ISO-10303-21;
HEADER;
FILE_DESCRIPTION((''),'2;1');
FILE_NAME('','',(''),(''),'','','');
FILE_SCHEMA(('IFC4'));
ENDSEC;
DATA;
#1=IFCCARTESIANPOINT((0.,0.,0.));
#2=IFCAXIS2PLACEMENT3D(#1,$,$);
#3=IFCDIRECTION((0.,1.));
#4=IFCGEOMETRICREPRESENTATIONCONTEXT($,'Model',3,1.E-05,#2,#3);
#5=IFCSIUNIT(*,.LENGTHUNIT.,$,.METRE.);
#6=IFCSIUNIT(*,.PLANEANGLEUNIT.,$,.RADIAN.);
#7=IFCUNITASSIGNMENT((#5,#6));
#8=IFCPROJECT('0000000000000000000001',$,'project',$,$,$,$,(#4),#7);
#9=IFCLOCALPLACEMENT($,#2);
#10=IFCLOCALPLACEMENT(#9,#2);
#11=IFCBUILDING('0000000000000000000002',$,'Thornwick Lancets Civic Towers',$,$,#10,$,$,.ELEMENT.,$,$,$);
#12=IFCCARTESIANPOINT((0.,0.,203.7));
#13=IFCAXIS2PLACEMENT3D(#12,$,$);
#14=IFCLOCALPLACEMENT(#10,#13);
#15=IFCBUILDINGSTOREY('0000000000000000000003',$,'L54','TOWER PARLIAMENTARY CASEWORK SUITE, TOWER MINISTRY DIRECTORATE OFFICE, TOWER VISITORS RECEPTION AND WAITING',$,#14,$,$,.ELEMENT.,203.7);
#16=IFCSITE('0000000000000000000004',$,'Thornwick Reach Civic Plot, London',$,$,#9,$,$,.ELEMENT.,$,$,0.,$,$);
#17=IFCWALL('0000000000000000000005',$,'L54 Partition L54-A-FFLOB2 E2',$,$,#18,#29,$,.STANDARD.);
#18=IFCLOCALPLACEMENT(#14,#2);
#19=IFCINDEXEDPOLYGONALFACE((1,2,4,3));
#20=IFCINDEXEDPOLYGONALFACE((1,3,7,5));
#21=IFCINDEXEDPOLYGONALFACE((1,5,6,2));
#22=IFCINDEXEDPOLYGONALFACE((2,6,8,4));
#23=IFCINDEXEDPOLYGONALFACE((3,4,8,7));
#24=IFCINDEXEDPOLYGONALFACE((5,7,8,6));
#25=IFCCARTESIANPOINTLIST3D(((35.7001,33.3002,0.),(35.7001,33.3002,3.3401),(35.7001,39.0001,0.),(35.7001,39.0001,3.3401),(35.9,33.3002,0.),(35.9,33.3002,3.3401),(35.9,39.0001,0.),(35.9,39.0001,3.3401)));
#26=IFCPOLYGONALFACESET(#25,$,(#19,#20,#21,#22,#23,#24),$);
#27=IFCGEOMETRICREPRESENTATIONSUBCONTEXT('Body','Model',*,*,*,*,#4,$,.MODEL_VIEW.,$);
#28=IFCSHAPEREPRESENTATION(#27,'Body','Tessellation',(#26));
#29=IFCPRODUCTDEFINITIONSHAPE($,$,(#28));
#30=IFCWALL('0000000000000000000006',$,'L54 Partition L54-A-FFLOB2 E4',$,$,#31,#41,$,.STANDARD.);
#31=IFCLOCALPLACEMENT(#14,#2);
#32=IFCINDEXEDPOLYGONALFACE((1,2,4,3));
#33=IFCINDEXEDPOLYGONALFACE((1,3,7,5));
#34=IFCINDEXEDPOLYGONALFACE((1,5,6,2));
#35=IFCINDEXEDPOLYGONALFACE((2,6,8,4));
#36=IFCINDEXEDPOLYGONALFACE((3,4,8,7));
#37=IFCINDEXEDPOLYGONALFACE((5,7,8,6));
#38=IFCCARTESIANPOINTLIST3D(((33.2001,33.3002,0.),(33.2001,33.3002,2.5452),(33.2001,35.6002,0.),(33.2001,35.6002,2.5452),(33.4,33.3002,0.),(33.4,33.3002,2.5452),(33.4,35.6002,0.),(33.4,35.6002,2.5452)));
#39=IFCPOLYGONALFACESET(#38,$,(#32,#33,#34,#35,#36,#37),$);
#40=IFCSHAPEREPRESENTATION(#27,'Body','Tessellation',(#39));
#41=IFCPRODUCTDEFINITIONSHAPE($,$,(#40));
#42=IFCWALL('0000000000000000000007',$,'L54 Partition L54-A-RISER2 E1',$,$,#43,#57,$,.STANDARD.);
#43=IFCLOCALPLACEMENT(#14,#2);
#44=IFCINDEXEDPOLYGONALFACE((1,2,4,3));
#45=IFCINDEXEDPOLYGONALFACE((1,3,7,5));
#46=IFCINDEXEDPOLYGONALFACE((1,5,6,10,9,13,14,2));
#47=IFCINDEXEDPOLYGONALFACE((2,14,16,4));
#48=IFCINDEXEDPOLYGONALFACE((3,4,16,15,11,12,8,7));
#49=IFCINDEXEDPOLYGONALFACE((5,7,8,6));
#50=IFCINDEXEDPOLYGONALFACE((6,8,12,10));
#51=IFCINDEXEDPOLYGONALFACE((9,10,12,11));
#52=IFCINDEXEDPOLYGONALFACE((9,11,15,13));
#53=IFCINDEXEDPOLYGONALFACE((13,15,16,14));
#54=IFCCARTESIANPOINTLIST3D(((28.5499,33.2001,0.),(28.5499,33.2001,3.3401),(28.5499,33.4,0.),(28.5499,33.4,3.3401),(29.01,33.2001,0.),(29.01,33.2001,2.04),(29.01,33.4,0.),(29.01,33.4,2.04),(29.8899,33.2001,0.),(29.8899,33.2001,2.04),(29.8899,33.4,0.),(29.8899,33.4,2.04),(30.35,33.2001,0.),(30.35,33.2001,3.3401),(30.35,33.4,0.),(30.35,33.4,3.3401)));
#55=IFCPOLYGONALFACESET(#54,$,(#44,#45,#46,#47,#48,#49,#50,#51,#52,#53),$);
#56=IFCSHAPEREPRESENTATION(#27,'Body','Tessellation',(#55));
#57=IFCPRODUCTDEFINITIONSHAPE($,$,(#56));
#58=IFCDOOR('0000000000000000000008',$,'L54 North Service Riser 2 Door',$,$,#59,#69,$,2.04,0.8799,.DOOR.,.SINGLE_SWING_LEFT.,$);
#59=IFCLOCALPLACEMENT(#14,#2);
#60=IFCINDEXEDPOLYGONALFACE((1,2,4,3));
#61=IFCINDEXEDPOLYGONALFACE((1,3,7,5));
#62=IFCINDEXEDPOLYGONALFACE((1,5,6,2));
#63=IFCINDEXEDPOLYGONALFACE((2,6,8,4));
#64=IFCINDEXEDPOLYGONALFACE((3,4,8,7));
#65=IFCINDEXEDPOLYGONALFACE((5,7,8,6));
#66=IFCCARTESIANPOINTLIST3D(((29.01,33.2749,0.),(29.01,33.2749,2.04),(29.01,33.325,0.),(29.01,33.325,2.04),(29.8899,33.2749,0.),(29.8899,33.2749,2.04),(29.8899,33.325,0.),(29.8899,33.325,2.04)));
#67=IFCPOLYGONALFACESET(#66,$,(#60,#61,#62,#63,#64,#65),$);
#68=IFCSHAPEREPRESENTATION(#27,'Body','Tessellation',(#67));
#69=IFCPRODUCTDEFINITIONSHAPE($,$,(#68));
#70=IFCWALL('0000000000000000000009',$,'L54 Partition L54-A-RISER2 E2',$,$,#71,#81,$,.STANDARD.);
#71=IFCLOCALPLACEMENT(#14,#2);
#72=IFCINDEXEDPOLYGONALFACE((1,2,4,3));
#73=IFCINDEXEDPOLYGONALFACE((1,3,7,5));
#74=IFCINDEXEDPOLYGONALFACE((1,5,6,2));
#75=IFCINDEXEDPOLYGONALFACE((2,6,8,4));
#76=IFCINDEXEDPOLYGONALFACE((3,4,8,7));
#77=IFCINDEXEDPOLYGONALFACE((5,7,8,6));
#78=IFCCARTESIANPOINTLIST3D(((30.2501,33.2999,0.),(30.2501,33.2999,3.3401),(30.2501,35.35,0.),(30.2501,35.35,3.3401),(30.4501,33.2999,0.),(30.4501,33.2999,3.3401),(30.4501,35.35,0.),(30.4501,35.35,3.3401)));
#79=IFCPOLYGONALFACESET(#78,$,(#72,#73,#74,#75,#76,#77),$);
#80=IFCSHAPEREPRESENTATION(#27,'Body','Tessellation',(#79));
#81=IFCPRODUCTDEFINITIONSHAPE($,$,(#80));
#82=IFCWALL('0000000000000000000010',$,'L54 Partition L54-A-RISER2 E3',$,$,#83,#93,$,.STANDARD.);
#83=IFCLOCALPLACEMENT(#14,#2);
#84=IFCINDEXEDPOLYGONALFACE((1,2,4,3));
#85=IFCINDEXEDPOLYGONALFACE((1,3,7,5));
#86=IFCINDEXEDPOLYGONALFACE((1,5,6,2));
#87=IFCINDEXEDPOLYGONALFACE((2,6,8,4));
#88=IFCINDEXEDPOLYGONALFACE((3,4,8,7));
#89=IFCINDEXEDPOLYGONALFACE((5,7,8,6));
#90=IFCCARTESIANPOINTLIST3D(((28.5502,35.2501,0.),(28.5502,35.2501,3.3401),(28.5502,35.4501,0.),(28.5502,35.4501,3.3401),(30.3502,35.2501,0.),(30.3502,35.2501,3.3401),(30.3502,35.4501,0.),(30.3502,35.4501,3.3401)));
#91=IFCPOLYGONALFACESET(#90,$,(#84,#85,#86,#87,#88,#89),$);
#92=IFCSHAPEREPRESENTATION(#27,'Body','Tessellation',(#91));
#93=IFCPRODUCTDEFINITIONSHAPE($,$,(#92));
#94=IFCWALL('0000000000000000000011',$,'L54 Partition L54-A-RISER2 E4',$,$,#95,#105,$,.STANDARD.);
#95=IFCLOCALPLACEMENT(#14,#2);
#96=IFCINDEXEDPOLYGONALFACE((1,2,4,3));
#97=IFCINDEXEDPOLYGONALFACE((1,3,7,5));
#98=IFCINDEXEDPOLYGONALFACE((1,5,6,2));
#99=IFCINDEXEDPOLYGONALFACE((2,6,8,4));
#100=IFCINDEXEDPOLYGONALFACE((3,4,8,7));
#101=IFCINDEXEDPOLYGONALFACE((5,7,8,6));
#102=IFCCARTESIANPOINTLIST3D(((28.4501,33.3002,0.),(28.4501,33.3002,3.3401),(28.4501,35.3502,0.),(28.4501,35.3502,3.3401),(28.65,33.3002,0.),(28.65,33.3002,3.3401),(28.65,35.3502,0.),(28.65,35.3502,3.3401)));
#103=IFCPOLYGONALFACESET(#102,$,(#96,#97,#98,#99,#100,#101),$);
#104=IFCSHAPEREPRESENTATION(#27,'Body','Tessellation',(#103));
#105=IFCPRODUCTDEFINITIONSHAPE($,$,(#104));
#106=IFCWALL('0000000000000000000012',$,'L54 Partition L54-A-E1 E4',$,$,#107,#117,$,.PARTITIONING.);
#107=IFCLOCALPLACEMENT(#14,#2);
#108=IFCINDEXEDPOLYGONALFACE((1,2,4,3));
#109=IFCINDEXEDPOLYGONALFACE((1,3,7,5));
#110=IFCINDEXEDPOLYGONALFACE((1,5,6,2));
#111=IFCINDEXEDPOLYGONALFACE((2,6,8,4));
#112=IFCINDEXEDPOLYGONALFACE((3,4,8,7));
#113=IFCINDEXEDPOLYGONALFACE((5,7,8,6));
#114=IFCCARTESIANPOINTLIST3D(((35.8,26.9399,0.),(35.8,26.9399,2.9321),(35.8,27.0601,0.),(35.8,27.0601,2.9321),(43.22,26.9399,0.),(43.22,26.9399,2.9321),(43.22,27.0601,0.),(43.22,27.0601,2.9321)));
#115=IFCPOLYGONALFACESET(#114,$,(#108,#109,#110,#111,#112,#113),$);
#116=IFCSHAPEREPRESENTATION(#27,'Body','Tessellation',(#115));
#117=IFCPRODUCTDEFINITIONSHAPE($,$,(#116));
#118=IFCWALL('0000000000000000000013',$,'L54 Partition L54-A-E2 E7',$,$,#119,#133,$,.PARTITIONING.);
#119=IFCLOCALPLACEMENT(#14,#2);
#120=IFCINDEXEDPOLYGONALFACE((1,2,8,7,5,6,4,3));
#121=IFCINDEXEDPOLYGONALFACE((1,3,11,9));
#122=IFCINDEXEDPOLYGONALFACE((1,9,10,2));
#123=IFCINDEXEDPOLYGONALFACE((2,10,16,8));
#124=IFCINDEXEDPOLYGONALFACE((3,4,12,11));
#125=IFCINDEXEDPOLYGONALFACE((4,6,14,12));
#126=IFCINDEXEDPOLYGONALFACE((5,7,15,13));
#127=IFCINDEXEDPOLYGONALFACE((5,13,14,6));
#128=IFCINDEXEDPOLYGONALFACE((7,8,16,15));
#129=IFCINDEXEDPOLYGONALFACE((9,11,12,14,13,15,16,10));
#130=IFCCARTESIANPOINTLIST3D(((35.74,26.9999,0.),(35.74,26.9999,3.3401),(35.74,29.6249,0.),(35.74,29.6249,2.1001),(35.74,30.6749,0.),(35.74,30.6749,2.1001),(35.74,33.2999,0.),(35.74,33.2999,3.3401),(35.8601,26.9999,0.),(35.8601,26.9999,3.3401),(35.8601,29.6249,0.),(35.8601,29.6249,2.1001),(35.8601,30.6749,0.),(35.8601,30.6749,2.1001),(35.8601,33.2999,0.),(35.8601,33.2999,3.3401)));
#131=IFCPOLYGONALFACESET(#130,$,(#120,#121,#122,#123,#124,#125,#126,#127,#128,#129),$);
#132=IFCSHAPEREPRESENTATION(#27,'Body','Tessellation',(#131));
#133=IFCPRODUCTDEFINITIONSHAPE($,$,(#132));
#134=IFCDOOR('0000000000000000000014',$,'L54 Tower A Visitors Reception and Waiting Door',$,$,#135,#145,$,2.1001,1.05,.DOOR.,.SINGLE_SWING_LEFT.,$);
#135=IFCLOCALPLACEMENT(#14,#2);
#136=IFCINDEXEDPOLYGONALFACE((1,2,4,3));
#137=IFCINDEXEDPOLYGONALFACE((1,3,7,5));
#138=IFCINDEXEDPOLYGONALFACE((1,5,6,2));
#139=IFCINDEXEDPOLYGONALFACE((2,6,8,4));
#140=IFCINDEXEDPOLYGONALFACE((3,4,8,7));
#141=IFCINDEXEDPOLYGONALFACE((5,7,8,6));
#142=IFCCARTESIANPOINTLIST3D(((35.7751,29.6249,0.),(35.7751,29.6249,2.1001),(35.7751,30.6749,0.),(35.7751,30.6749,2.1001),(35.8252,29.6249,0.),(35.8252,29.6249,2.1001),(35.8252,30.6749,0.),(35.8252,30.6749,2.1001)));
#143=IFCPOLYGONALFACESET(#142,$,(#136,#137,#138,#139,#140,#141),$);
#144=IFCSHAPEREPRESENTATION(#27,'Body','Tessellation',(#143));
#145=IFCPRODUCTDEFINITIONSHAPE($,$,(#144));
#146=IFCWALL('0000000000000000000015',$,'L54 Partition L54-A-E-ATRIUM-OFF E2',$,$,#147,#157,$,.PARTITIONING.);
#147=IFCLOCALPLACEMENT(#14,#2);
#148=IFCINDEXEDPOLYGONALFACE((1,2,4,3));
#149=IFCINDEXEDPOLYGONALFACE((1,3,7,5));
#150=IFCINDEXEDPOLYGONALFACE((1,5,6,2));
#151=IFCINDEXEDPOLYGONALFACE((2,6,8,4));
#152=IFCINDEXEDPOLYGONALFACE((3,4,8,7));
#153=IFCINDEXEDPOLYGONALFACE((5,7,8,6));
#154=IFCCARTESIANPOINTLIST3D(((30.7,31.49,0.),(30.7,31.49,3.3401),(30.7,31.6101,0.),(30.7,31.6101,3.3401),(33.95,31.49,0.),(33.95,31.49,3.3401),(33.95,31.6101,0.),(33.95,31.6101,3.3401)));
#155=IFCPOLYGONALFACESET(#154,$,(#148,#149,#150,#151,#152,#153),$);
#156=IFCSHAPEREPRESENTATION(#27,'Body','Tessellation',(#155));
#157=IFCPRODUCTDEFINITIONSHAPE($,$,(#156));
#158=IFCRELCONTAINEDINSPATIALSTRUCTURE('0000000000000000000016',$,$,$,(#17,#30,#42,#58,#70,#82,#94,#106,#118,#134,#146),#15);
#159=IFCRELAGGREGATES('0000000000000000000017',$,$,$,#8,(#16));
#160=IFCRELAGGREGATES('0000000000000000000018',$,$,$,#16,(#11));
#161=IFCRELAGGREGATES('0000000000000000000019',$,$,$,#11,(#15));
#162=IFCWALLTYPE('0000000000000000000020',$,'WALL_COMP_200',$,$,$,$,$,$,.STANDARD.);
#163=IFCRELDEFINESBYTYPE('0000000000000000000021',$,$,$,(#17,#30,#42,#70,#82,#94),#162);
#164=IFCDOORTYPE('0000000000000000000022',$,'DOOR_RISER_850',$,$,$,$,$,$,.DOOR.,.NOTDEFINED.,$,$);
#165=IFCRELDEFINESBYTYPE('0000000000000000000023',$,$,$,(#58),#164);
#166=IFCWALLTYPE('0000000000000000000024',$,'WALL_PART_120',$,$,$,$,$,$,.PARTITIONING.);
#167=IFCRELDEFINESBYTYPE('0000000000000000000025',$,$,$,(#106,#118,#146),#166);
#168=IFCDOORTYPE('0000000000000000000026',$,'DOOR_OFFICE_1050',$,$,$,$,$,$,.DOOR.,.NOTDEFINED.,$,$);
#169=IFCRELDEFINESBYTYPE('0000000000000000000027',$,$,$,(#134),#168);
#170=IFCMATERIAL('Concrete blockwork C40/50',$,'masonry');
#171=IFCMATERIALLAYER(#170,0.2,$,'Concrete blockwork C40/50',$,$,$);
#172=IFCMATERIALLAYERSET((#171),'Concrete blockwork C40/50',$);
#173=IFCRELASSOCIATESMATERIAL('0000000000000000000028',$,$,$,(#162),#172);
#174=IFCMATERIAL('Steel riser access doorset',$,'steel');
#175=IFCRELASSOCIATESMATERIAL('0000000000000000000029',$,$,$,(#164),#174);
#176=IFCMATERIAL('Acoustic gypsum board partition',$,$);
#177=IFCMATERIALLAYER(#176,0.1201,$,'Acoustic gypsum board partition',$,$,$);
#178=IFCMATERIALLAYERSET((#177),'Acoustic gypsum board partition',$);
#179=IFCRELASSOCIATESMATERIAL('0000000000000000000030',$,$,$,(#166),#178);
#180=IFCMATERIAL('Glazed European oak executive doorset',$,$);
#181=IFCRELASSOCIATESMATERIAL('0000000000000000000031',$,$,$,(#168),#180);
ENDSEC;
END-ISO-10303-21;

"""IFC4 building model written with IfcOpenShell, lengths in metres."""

from ifc_helpers import new_model, si_unit, direction, frame, frame_2d, origin, place, context, subcontext, project, spatial, rectangle, extrude, material, layer, layer_set, type_object, element, fill, save


model = new_model("IFC4")

# Units and contexts
model_context = context("Model", 3, precision=1e-05, world=origin(), true_north=direction((0.0, 1.0)))
body_context = subcontext(model_context, "Body", "Model", "MODEL_VIEW")
ifc_project = project(units=[si_unit("LENGTHUNIT", "METRE"), si_unit("PLANEANGLEUNIT", "RADIAN")], contexts=[model_context])

# Site, building, storey
site_placement = place(None, origin())
site = spatial("IfcSite", under=ifc_project, at=site_placement, Name="Thornwick Reach Civic Plot, London", CompositionType="ELEMENT", RefElevation=0.0)
building_placement = place(site_placement, origin())
building = spatial("IfcBuilding", under=site, at=building_placement, Name="Thornwick Lancets Civic Towers", CompositionType="ELEMENT")
storey_placement = place(building_placement, frame((0.0, 0.0, 203.7)))
storey = spatial("IfcBuildingStorey", under=building, at=storey_placement, Name="L54", Description="TOWER PARLIAMENTARY CASEWORK SUITE, TOWER MINISTRY DIRECTORATE OFFICE, TOWER VISITORS RECEPTION AND WAITING", CompositionType="ELEMENT", Elevation=203.7)

# Shared definitions
ifc_material_1 = material(Name="Concrete blockwork C40/50", Category="masonry")
ifc_layer_1 = layer(ifc_material_1, 0.2, Name="Concrete blockwork C40/50")
ifc_layer_set_1 = layer_set([ifc_layer_1], Name="Concrete blockwork C40/50")
wall_type_1 = type_object("IfcWallType", Name="WALL_COMP_200", PredefinedType="STANDARD", material=ifc_layer_set_1)

# Walls
wall_1_placement = place(storey_placement, frame((35.8, 33.3, 0.0), z_axis=(0.0, 0.0, 1.0), x_axis=(0.0, 1.0, 0.0)))
element("IfcWall", 1, at=wall_1_placement, inside=storey, type_object=wall_type_1, Name="L54 Partition L54-A-FFLOB2 E2", PredefinedType="STANDARD", context=body_context, shape_type="SweptSolid", body=[
    extrude(rectangle(XDim=5.7, YDim=0.2, at=frame_2d((2.8501, 0.0))), origin(), (0.0, 0.0, 1.0), 3.3401),
])
wall_2_placement = place(storey_placement, frame((33.3, 35.6001, 0.0), z_axis=(0.0, 0.0, 1.0), x_axis=(0.0, -1.0, 0.0)))
element("IfcWall", 2, at=wall_2_placement, inside=storey, type_object=wall_type_1, Name="L54 Partition L54-A-FFLOB2 E4", PredefinedType="STANDARD", context=body_context, shape_type="SweptSolid", body=[
    extrude(rectangle(XDim=2.3, YDim=0.2, at=frame_2d((1.1499, 0.0))), origin(), (0.0, 0.0, 1.0), 2.5452),
])

# Wall, opening, door
wall_3_placement = place(storey_placement, frame((28.55, 33.3, 0.0), z_axis=(0.0, 0.0, 1.0), x_axis=(1.0, 0.0, 0.0)))
wall_3 = element("IfcWall", 3, at=wall_3_placement, inside=storey, type_object=wall_type_1, Name="L54 Partition L54-A-RISER2 E1", PredefinedType="STANDARD", context=body_context, shape_type="SweptSolid", body=[
    extrude(rectangle(XDim=1.8, YDim=0.2, at=frame_2d((0.8999, 0.0))), origin(), (0.0, 0.0, 1.0), 3.3401),
])
opening_1_placement = place(wall_3_placement, frame((0.46, 0.0, 0.0)))
opening_1 = element("IfcOpeningElement", 4, at=opening_1_placement, cuts=wall_3, PredefinedType="OPENING", context=body_context, shape_type="SweptSolid", body=[
    extrude(rectangle(XDim=0.8799, YDim=2.04, at=frame_2d((0.4399, 1.02))), frame((0.0, 0.1099, 0.0), z_axis=(0.0, -1.0, 0.0), x_axis=(1.0, 0.0, 0.0)), (0.0, 0.0, 1.0), 0.22),
])
ifc_material_2 = material(Name="Steel riser access doorset", Category="steel")
door_type_1 = type_object("IfcDoorType", Name="DOOR_RISER_850", OperationType="NOTDEFINED", PredefinedType="DOOR", material=ifc_material_2)
door_1_placement = place(opening_1_placement, origin())
door_1 = element("IfcDoor", 5, at=door_1_placement, inside=storey, type_object=door_type_1, Name="L54 North Service Riser 2 Door", OperationType="SINGLE_SWING_LEFT", OverallHeight=2.04, OverallWidth=0.8799, PredefinedType="DOOR", context=body_context, shape_type="SweptSolid", body=[
    extrude(rectangle(XDim=0.8799, YDim=2.04, at=frame_2d((0.4399, 1.02))), frame((0.0, 0.0249, 0.0), z_axis=(0.0, -1.0, 0.0), x_axis=(1.0, 0.0, 0.0)), (0.0, 0.0, 1.0), 0.05),
])
fill(opening_1, door_1)

# Walls
wall_4_placement = place(storey_placement, frame((30.3501, 33.3, 0.0), z_axis=(0.0, 0.0, 1.0), x_axis=(0.0, 1.0, 0.0)))
element("IfcWall", 6, at=wall_4_placement, inside=storey, type_object=wall_type_1, Name="L54 Partition L54-A-RISER2 E2", PredefinedType="STANDARD", context=body_context, shape_type="SweptSolid", body=[
    extrude(rectangle(XDim=2.05, YDim=0.2, at=frame_2d((1.0249, 0.0))), origin(), (0.0, 0.0, 1.0), 3.3401),
])
wall_5_placement = place(storey_placement, frame((30.3501, 35.3501, 0.0), z_axis=(0.0, 0.0, 1.0), x_axis=(-1.0, 0.0, 0.0)))
element("IfcWall", 7, at=wall_5_placement, inside=storey, type_object=wall_type_1, Name="L54 Partition L54-A-RISER2 E3", PredefinedType="STANDARD", context=body_context, shape_type="SweptSolid", body=[
    extrude(rectangle(XDim=1.8, YDim=0.2, at=frame_2d((0.8999, 0.0))), origin(), (0.0, 0.0, 1.0), 3.3401),
])
wall_6_placement = place(storey_placement, frame((28.55, 35.3501, 0.0), z_axis=(0.0, 0.0, 1.0), x_axis=(0.0, -1.0, 0.0)))
element("IfcWall", 8, at=wall_6_placement, inside=storey, type_object=wall_type_1, Name="L54 Partition L54-A-RISER2 E4", PredefinedType="STANDARD", context=body_context, shape_type="SweptSolid", body=[
    extrude(rectangle(XDim=2.05, YDim=0.2, at=frame_2d((1.0249, 0.0))), origin(), (0.0, 0.0, 1.0), 3.3401),
])
ifc_material_3 = material(Name="Acoustic gypsum board partition")
ifc_layer_2 = layer(ifc_material_3, 0.1201, Name="Acoustic gypsum board partition")
ifc_layer_set_2 = layer_set([ifc_layer_2], Name="Acoustic gypsum board partition")
wall_type_2 = type_object("IfcWallType", Name="WALL_PART_120", PredefinedType="PARTITIONING", material=ifc_layer_set_2)
wall_7_placement = place(storey_placement, frame((35.8, 27.0, 0.0), z_axis=(0.0, 0.0, 1.0), x_axis=(1.0, 0.0, 0.0)))
element("IfcWall", 9, at=wall_7_placement, inside=storey, type_object=wall_type_2, Name="L54 Partition L54-A-E1 E4", PredefinedType="PARTITIONING", context=body_context, shape_type="SweptSolid", body=[
    extrude(rectangle(XDim=7.4199, YDim=0.1201, at=frame_2d((3.71, 0.0))), origin(), (0.0, 0.0, 1.0), 2.9321),
])

# Wall, opening, door
wall_8_placement = place(storey_placement, frame((35.8, 27.0, 0.0), z_axis=(0.0, 0.0, 1.0), x_axis=(0.0, 1.0, 0.0)))
wall_8 = element("IfcWall", 10, at=wall_8_placement, inside=storey, type_object=wall_type_2, Name="L54 Partition L54-A-E2 E7", PredefinedType="PARTITIONING", context=body_context, shape_type="SweptSolid", body=[
    extrude(rectangle(XDim=6.3, YDim=0.1201, at=frame_2d((3.1499, 0.0))), origin(), (0.0, 0.0, 1.0), 3.3401),
])
opening_2_placement = place(wall_8_placement, frame((2.625, 0.0, 0.0)))
opening_2 = element("IfcOpeningElement", 11, at=opening_2_placement, cuts=wall_8, PredefinedType="OPENING", context=body_context, shape_type="SweptSolid", body=[
    extrude(rectangle(XDim=1.05, YDim=2.1001, at=frame_2d((0.5249, 1.05))), frame((0.0, 0.0701, 0.0), z_axis=(0.0, -1.0, 0.0), x_axis=(1.0, 0.0, 0.0)), (0.0, 0.0, 1.0), 0.1401),
])
ifc_material_4 = material(Name="Glazed European oak executive doorset")
door_type_2 = type_object("IfcDoorType", Name="DOOR_OFFICE_1050", OperationType="NOTDEFINED", PredefinedType="DOOR", material=ifc_material_4)
door_2_placement = place(opening_2_placement, origin())
door_2 = element("IfcDoor", 12, at=door_2_placement, inside=storey, type_object=door_type_2, Name="L54 Tower A Visitors Reception and Waiting Door", OperationType="SINGLE_SWING_LEFT", OverallHeight=2.1001, OverallWidth=1.05, PredefinedType="DOOR", context=body_context, shape_type="SweptSolid", body=[
    extrude(rectangle(XDim=1.05, YDim=2.1001, at=frame_2d((0.5249, 1.05))), frame((0.0, 0.0249, 0.0), z_axis=(0.0, -1.0, 0.0), x_axis=(1.0, 0.0, 0.0)), (0.0, 0.0, 1.0), 0.05),
])
fill(opening_2, door_2)

# Wall
wall_9_placement = place(storey_placement, frame((30.7, 31.55, 0.0), z_axis=(0.0, 0.0, 1.0), x_axis=(1.0, 0.0, 0.0)))
element("IfcWall", 13, at=wall_9_placement, inside=storey, type_object=wall_type_2, Name="L54 Partition L54-A-E-ATRIUM-OFF E2", PredefinedType="PARTITIONING", context=body_context, shape_type="SweptSolid", body=[
    extrude(rectangle(XDim=3.25, YDim=0.1201, at=frame_2d((1.625, 0.0))), origin(), (0.0, 0.0, 1.0), 3.3401),
])

save(model, "model.ifc")
